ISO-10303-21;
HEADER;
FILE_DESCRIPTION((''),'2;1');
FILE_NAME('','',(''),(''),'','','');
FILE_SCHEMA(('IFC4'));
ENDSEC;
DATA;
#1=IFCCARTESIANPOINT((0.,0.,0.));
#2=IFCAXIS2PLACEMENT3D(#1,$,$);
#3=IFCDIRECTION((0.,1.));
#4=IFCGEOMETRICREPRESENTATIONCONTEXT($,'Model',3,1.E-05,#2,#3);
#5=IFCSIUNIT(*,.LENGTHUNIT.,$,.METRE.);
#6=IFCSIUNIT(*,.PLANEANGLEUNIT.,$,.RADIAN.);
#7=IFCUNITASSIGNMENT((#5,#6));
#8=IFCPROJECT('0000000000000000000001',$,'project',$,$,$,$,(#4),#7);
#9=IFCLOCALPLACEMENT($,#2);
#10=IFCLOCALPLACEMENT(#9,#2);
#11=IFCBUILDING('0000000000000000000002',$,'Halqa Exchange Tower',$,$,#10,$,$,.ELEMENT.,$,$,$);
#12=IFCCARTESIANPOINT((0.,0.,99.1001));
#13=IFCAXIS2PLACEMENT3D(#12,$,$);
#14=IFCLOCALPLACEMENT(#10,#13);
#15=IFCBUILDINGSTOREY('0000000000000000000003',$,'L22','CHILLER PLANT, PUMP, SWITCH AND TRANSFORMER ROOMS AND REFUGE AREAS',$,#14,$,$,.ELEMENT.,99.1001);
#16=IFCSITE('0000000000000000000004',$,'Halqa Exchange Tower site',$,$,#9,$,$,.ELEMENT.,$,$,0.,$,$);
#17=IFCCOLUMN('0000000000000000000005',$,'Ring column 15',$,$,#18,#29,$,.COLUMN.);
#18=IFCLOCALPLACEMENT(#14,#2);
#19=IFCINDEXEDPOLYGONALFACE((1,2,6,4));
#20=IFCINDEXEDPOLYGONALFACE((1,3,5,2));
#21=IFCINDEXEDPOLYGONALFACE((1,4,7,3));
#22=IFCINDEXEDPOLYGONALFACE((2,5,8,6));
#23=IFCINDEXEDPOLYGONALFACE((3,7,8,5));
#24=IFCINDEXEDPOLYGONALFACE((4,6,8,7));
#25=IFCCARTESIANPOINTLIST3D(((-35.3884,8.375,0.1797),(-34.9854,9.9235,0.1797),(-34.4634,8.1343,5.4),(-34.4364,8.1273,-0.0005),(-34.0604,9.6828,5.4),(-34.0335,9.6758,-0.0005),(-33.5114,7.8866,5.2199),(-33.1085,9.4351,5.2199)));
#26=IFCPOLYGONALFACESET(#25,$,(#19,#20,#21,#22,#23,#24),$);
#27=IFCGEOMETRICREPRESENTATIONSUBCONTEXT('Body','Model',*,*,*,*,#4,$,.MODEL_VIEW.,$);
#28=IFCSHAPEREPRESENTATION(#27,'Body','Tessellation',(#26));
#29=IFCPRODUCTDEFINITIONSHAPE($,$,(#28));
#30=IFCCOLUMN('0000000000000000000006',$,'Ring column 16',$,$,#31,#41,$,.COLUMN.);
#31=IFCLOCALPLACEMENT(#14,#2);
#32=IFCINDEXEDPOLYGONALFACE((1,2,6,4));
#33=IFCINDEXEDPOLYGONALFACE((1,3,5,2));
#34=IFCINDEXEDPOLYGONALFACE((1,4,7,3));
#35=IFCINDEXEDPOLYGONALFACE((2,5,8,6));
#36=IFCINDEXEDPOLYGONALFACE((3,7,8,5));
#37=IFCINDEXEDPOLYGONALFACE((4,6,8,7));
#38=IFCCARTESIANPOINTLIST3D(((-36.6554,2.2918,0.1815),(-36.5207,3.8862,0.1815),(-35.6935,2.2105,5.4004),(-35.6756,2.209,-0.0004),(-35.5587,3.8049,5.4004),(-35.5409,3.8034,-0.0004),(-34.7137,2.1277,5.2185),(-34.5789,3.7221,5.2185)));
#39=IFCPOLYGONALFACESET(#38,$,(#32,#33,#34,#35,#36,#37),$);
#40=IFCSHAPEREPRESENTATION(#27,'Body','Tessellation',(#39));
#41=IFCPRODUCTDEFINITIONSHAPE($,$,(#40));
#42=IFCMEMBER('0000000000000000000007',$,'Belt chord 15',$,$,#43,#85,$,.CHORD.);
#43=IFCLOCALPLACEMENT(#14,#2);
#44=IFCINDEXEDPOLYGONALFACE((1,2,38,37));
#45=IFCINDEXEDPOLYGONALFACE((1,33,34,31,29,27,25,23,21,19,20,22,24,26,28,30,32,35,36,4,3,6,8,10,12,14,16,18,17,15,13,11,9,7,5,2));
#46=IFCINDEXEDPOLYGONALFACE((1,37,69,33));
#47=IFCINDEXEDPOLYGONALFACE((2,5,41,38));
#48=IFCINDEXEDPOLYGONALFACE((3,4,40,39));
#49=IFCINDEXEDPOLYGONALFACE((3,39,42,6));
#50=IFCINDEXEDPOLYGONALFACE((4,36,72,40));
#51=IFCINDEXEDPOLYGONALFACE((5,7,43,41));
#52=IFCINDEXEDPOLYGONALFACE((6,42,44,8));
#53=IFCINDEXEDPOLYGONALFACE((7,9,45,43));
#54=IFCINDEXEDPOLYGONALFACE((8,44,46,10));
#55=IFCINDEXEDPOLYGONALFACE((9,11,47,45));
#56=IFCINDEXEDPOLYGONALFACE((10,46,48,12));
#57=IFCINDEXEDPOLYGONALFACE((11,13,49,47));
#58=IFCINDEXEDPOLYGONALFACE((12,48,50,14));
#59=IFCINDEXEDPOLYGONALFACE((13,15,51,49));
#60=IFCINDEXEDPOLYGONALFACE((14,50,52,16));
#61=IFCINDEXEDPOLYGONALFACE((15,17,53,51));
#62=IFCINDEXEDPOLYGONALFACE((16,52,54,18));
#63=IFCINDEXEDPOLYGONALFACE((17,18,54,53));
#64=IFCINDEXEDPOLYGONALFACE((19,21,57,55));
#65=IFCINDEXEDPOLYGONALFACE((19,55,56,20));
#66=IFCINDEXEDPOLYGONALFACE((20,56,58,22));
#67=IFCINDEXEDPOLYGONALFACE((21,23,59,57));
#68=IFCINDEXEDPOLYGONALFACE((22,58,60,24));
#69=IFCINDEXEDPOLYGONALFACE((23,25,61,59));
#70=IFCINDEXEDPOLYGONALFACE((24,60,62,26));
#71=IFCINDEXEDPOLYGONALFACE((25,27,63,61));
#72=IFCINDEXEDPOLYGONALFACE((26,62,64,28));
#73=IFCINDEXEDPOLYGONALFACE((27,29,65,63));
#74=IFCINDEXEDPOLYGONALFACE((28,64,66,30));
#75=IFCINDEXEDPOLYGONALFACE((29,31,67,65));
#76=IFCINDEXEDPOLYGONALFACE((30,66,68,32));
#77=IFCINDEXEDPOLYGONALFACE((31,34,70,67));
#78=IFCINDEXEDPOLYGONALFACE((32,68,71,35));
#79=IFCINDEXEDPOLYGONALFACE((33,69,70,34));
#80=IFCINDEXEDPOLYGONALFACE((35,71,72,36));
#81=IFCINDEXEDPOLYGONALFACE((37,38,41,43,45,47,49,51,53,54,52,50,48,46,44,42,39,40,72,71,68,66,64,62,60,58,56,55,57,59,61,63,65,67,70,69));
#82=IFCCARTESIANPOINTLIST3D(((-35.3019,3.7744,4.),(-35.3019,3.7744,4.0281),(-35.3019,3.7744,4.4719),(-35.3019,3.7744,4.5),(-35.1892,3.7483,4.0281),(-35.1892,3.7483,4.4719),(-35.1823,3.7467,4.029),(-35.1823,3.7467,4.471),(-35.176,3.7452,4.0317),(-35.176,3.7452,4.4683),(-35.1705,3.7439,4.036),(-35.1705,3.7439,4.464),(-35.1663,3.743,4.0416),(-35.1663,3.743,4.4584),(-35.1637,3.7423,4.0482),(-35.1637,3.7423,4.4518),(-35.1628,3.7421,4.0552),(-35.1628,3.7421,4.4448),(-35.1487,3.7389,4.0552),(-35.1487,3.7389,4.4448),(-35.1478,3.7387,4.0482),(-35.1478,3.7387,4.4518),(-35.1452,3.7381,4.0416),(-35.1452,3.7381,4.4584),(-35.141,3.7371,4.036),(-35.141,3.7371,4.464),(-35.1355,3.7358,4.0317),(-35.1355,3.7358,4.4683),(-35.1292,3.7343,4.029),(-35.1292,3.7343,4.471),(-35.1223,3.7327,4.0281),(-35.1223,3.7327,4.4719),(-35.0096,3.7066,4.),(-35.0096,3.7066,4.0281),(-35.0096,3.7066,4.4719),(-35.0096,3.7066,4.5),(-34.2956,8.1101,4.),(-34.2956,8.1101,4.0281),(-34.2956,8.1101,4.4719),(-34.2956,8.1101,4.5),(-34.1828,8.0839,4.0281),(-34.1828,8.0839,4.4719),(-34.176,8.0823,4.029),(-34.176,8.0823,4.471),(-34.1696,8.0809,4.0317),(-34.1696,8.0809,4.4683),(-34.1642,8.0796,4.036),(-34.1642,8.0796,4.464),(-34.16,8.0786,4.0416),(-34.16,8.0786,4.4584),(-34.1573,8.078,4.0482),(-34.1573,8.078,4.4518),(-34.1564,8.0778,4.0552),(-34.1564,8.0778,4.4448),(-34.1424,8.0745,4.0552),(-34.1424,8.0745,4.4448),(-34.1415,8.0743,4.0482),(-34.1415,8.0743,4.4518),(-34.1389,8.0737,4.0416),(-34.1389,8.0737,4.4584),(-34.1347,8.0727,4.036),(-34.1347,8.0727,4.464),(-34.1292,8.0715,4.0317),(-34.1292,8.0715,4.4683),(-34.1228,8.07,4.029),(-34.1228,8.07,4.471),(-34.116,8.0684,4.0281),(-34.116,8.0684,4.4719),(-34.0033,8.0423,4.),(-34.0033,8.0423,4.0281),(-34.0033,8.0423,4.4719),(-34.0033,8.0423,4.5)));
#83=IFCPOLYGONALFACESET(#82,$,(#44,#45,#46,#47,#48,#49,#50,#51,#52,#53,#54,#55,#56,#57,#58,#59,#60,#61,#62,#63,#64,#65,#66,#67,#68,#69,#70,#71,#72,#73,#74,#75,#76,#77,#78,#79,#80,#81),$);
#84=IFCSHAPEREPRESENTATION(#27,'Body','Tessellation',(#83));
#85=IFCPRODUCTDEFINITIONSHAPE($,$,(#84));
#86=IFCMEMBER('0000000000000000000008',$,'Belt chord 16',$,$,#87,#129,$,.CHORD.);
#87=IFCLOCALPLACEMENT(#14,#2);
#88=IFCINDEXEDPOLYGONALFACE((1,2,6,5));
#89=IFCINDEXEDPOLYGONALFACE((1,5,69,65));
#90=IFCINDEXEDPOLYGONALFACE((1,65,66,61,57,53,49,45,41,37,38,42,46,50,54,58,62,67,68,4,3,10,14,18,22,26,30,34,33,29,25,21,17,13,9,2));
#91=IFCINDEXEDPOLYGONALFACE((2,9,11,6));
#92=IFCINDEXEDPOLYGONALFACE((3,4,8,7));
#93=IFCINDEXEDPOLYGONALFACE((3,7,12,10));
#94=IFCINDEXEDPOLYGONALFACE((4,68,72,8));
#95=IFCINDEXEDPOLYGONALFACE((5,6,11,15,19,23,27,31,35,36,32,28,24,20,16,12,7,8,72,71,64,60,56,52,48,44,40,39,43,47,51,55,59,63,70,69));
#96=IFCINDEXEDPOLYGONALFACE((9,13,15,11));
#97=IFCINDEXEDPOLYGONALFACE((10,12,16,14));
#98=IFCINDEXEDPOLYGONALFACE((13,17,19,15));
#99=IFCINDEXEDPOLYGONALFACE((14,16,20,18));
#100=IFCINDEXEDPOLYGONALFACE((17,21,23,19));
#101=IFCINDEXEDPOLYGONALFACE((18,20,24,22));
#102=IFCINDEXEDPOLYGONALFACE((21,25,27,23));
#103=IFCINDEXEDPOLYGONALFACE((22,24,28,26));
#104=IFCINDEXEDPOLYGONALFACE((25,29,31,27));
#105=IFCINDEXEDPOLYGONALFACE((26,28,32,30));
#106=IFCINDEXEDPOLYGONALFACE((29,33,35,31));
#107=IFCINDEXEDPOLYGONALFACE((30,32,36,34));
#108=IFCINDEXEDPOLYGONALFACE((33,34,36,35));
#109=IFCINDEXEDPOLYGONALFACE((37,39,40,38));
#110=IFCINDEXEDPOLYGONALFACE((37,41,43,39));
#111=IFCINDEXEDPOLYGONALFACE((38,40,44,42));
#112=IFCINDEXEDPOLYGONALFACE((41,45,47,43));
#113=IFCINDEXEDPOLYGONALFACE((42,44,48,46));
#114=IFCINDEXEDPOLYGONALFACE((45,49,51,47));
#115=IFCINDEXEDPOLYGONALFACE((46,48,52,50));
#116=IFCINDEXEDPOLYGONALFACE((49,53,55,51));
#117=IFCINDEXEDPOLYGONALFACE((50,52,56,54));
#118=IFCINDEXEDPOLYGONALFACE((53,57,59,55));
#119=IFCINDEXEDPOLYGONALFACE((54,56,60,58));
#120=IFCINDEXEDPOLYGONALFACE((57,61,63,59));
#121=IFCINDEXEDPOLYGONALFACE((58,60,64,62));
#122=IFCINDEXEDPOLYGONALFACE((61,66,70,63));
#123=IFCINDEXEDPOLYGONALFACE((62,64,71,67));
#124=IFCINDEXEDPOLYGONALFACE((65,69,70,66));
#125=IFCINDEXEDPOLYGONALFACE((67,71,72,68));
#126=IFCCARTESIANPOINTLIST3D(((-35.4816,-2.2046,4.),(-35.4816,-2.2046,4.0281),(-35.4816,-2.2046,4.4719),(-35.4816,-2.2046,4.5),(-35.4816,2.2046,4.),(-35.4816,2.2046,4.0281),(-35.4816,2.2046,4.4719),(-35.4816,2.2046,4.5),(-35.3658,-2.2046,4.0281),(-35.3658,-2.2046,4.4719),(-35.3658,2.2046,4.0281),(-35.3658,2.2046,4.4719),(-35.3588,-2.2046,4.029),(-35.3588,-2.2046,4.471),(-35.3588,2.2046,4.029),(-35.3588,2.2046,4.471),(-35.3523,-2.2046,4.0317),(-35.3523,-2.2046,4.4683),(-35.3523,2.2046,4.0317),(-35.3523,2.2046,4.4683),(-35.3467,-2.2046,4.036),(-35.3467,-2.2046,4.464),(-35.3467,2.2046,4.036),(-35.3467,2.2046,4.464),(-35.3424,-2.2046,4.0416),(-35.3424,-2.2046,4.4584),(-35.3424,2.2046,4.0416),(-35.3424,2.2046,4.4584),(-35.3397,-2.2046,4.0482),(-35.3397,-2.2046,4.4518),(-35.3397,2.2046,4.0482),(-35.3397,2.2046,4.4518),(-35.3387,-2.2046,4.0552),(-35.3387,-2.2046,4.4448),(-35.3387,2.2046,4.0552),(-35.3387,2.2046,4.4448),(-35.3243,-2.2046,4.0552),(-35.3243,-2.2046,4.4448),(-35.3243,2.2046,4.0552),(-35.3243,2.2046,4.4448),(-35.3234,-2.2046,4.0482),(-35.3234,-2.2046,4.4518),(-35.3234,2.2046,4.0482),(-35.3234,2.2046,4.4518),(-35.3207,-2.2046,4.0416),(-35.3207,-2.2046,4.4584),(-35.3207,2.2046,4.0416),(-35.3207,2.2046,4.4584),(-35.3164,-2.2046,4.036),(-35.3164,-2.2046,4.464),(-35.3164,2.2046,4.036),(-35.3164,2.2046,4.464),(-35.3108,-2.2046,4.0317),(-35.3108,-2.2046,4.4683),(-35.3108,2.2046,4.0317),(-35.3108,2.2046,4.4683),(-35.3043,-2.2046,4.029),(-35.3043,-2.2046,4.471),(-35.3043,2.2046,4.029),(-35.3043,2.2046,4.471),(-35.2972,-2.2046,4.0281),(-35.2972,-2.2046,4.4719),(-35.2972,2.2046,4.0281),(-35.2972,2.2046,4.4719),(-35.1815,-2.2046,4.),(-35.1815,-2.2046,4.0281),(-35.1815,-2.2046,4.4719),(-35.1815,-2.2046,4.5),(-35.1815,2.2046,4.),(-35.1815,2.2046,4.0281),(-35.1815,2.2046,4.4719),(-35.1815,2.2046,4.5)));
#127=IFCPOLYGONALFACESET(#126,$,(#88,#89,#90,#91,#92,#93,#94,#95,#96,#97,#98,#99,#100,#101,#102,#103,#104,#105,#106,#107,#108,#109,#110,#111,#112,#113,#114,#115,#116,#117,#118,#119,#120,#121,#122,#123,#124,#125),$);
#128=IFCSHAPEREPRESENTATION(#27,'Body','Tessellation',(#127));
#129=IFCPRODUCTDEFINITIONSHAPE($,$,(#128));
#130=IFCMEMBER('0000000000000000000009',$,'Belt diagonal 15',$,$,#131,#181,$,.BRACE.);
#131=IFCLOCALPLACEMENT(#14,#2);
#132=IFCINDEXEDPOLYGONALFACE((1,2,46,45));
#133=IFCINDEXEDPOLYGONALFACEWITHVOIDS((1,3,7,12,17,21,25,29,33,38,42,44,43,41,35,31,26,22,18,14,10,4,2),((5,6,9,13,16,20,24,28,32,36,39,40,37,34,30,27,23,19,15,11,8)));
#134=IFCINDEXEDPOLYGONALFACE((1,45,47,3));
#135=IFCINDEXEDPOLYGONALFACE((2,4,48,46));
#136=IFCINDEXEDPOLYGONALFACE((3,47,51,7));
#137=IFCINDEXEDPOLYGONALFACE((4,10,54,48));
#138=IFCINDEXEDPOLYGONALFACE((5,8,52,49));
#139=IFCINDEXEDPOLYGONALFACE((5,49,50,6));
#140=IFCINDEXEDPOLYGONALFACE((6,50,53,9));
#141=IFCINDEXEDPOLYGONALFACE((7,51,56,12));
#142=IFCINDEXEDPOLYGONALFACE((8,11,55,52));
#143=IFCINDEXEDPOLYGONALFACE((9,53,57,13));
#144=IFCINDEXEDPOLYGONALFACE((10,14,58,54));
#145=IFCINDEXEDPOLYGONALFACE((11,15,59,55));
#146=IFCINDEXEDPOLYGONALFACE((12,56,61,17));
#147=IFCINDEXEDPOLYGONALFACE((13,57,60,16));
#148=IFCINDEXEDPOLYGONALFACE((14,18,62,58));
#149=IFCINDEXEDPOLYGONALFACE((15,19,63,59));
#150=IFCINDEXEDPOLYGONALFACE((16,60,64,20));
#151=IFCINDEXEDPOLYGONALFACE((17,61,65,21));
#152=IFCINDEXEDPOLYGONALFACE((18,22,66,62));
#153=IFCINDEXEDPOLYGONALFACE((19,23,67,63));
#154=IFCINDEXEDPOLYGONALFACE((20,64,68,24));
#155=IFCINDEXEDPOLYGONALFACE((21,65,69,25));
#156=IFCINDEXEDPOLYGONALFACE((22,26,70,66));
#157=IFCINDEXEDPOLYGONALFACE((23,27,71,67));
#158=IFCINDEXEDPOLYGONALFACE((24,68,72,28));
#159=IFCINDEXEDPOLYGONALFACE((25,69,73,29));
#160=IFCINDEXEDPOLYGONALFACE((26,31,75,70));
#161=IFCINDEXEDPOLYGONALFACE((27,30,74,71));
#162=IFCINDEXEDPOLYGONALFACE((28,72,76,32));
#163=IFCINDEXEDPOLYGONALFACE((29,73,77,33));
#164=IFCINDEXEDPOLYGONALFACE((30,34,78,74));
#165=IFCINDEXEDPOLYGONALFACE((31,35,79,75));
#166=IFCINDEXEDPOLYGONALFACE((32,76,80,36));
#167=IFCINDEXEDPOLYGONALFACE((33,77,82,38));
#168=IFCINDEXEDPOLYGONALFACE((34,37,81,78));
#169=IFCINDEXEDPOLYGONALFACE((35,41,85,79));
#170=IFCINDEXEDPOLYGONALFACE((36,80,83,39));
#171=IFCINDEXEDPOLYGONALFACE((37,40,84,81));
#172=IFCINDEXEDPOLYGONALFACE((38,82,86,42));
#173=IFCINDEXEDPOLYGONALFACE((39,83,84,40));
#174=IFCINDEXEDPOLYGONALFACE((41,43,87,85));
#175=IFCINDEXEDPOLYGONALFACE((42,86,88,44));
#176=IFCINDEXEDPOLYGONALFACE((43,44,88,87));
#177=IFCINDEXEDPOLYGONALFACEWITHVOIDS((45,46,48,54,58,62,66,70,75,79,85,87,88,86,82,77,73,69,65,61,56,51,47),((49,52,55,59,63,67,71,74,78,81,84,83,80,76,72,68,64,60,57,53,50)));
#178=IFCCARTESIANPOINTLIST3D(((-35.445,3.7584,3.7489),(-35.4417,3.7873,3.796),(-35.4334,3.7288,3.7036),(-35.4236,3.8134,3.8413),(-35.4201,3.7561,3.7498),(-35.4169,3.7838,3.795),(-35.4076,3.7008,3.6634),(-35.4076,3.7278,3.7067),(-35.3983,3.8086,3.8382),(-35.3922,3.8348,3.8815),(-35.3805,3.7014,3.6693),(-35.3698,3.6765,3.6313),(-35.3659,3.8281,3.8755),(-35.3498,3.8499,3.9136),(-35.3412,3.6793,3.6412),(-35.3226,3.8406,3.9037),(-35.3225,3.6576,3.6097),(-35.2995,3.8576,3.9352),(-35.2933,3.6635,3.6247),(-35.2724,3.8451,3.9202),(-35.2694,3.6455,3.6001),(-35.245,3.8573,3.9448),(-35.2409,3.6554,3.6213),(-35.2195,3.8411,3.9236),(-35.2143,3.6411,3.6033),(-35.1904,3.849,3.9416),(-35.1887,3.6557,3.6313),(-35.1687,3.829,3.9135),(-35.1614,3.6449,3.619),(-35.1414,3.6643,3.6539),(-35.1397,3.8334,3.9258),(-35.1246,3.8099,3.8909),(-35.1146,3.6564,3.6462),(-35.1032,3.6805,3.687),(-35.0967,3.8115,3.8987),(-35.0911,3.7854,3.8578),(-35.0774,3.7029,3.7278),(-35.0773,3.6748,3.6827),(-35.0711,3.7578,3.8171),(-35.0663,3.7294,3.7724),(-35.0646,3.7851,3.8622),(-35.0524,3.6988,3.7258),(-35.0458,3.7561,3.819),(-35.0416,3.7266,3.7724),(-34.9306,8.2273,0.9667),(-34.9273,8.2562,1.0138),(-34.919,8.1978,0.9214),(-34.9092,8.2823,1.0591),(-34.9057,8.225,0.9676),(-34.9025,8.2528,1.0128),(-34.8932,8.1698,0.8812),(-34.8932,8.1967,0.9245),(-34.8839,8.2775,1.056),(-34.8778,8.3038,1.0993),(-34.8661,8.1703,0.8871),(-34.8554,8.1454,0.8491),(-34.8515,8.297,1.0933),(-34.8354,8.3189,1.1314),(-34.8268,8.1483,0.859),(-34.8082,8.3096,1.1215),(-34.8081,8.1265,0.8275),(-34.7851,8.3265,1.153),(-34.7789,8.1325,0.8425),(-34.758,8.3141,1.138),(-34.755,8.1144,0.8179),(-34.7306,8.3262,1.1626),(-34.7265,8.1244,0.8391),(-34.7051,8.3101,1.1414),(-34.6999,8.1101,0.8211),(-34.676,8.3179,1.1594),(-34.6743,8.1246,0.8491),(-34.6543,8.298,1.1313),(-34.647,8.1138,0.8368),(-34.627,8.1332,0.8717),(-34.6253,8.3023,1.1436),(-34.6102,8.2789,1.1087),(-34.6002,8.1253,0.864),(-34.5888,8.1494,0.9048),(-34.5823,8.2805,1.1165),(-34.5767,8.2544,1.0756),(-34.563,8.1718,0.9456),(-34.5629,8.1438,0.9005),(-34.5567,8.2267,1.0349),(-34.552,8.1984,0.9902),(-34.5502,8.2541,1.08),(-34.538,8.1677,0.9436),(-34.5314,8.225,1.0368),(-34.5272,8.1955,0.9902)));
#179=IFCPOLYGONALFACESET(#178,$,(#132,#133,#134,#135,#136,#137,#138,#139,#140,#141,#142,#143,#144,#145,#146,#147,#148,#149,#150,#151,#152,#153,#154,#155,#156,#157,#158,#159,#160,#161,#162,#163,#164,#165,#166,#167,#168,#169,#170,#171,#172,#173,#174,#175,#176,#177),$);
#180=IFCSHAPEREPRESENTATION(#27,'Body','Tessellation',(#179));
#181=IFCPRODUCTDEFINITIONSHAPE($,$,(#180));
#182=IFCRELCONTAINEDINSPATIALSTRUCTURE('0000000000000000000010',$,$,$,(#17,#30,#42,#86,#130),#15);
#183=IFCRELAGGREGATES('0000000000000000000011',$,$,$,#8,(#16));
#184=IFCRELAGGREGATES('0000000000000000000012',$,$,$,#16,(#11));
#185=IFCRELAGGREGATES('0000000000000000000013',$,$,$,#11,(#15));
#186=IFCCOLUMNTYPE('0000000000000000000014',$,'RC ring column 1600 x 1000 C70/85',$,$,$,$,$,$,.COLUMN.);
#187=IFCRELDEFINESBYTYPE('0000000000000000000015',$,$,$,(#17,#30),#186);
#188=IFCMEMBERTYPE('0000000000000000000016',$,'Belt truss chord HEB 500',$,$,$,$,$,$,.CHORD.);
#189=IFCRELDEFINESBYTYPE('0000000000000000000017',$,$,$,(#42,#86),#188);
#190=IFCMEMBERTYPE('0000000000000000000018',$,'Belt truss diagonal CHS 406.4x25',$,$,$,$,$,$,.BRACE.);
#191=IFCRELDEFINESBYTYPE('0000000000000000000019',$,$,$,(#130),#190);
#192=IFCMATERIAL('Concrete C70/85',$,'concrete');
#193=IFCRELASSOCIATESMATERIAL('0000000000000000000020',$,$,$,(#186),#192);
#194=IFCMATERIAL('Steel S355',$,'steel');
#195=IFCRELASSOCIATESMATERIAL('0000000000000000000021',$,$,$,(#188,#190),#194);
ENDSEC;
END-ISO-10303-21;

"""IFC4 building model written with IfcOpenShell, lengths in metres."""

from ifc_helpers import new_model, si_unit, direction, frame, origin, origin_2d, place, context, subcontext, project, spatial, rectangle, hollow_circle, i_section, extrude, material, material_profile, profile_set, type_object, element, save


model = new_model("IFC4")

# Units and contexts
model_context = context("Model", 3, precision=1e-05, world=origin(), true_north=direction((0.0, 1.0)))
body_context = subcontext(model_context, "Body", "Model", "MODEL_VIEW")
ifc_project = project(units=[si_unit("LENGTHUNIT", "METRE"), si_unit("PLANEANGLEUNIT", "RADIAN")], contexts=[model_context])

# Site, building, storey
site_placement = place(None, origin())
site = spatial("IfcSite", under=ifc_project, at=site_placement, Name="Halqa Exchange Tower site", CompositionType="ELEMENT", RefElevation=0.0)
building_placement = place(site_placement, origin())
building = spatial("IfcBuilding", under=site, at=building_placement, Name="Halqa Exchange Tower", CompositionType="ELEMENT")
storey_placement = place(building_placement, frame((0.0, 0.0, 99.1001)))
storey = spatial("IfcBuildingStorey", under=building, at=storey_placement, Name="L22", Description="CHILLER PLANT, PUMP, SWITCH AND TRANSFORMER ROOMS AND REFUGE AREAS", CompositionType="ELEMENT", Elevation=99.1001)

# Columns
ifc_material_1 = material(Name="Concrete C70/85", Category="concrete")
ifc_material_profile_1 = material_profile(ifc_material_1, rectangle(XDim=1.6001, YDim=1.0, at=origin_2d()), Name="1600 x 1000")
ifc_profile_set_1 = profile_set([ifc_material_profile_1], Name="Concrete C70/85")
column_type = type_object("IfcColumnType", Name="RC ring column 1600 x 1000 C70/85", PredefinedType="COLUMN", material=ifc_profile_set_1)
column_1_placement = place(storey_placement, frame((-34.7109, 9.0254, 0.0896), z_axis=(0.174299, -0.045357, 0.983648), x_axis=(0.25184, 0.967769, 0.0)))
element("IfcColumn", 1, at=column_1_placement, inside=storey, type_object=column_type, Name="Ring column 15", PredefinedType="COLUMN", context=body_context, shape_type="SweptSolid", body=[
    extrude(rectangle(XDim=1.6001, YDim=1.0, at=origin_2d()), origin(), (0.0, 0.0, 1.0), 5.3071),
])
column_2_placement = place(storey_placement, frame((-36.0981, 3.0476, 0.0906), z_axis=(0.181244, -0.015318, 0.983319), x_axis=(0.084218, 0.996447, 0.0)))
element("IfcColumn", 2, at=column_2_placement, inside=storey, type_object=column_type, Name="Ring column 16", PredefinedType="COLUMN", context=body_context, shape_type="SweptSolid", body=[
    extrude(rectangle(XDim=1.6001, YDim=1.0, at=origin_2d()), origin(), (0.0, 0.0, 1.0), 5.3074),
])

# Members
ifc_material_2 = material(Name="Steel S355", Category="steel")
ifc_material_profile_2 = material_profile(ifc_material_2, i_section(OverallWidth=0.3, OverallDepth=0.5, WebThickness=0.0144, FlangeThickness=0.0281, FilletRadius=0.0271, at=origin_2d()), Name="HEB 500")
ifc_profile_set_2 = profile_set([ifc_material_profile_2], Name="Steel S355")
member_type_1 = type_object("IfcMemberType", Name="Belt truss chord HEB 500", PredefinedType="CHORD", material=ifc_profile_set_2)
member_1_placement = place(storey_placement, frame((-34.1494, 8.0762, 4.25), z_axis=(-0.226097, -0.974105, 0.0), x_axis=(0.974105, -0.226097, 0.0)))
element("IfcMember", 3, at=member_1_placement, inside=storey, type_object=member_type_1, Name="Belt chord 15", PredefinedType="CHORD", context=body_context, shape_type="SweptSolid", body=[
    extrude(i_section(OverallWidth=0.3, OverallDepth=0.5, WebThickness=0.0144, FlangeThickness=0.0281, FilletRadius=0.0271, at=origin_2d()), origin(), (0.0, 0.0, 1.0), 4.4509),
])
member_2_placement = place(storey_placement, frame((-35.3315, 2.2046, 4.25), z_axis=(0.0, -1.0, 0.0), x_axis=(1.0, 0.0, 0.0)))
element("IfcMember", 4, at=member_2_placement, inside=storey, type_object=member_type_1, Name="Belt chord 16", PredefinedType="CHORD", context=body_context, shape_type="SweptSolid", body=[
    extrude(i_section(OverallWidth=0.3, OverallDepth=0.5, WebThickness=0.0144, FlangeThickness=0.0281, FilletRadius=0.0271, at=origin_2d()), origin(), (0.0, 0.0, 1.0), 4.4092),
])
ifc_material_profile_3 = material_profile(ifc_material_2, hollow_circle(Radius=0.2031, WallThickness=0.0249, at=origin_2d()), Name="CHS 406.4x25")
ifc_profile_set_3 = profile_set([ifc_material_profile_3], Name="Steel S355")
member_type_2 = type_object("IfcMemberType", Name="Belt truss diagonal CHS 406.4x25", PredefinedType="BRACE", material=ifc_profile_set_3)
member_3_placement = place(storey_placement, frame((-34.729, 8.2188, 0.9902), z_axis=(-0.097253, -0.844903, 0.526005), x_axis=(0.993441, -0.11435, 0.0)))
element("IfcMember", 5, at=member_3_placement, inside=storey, type_object=member_type_2, Name="Belt diagonal 15", PredefinedType="BRACE", context=body_context, shape_type="SweptSolid", body=[
    extrude(hollow_circle(Radius=0.2031, WallThickness=0.0249, at=origin_2d()), origin(), (0.0, 0.0, 1.0), 5.2893),
])

save(model, "model.ifc")
